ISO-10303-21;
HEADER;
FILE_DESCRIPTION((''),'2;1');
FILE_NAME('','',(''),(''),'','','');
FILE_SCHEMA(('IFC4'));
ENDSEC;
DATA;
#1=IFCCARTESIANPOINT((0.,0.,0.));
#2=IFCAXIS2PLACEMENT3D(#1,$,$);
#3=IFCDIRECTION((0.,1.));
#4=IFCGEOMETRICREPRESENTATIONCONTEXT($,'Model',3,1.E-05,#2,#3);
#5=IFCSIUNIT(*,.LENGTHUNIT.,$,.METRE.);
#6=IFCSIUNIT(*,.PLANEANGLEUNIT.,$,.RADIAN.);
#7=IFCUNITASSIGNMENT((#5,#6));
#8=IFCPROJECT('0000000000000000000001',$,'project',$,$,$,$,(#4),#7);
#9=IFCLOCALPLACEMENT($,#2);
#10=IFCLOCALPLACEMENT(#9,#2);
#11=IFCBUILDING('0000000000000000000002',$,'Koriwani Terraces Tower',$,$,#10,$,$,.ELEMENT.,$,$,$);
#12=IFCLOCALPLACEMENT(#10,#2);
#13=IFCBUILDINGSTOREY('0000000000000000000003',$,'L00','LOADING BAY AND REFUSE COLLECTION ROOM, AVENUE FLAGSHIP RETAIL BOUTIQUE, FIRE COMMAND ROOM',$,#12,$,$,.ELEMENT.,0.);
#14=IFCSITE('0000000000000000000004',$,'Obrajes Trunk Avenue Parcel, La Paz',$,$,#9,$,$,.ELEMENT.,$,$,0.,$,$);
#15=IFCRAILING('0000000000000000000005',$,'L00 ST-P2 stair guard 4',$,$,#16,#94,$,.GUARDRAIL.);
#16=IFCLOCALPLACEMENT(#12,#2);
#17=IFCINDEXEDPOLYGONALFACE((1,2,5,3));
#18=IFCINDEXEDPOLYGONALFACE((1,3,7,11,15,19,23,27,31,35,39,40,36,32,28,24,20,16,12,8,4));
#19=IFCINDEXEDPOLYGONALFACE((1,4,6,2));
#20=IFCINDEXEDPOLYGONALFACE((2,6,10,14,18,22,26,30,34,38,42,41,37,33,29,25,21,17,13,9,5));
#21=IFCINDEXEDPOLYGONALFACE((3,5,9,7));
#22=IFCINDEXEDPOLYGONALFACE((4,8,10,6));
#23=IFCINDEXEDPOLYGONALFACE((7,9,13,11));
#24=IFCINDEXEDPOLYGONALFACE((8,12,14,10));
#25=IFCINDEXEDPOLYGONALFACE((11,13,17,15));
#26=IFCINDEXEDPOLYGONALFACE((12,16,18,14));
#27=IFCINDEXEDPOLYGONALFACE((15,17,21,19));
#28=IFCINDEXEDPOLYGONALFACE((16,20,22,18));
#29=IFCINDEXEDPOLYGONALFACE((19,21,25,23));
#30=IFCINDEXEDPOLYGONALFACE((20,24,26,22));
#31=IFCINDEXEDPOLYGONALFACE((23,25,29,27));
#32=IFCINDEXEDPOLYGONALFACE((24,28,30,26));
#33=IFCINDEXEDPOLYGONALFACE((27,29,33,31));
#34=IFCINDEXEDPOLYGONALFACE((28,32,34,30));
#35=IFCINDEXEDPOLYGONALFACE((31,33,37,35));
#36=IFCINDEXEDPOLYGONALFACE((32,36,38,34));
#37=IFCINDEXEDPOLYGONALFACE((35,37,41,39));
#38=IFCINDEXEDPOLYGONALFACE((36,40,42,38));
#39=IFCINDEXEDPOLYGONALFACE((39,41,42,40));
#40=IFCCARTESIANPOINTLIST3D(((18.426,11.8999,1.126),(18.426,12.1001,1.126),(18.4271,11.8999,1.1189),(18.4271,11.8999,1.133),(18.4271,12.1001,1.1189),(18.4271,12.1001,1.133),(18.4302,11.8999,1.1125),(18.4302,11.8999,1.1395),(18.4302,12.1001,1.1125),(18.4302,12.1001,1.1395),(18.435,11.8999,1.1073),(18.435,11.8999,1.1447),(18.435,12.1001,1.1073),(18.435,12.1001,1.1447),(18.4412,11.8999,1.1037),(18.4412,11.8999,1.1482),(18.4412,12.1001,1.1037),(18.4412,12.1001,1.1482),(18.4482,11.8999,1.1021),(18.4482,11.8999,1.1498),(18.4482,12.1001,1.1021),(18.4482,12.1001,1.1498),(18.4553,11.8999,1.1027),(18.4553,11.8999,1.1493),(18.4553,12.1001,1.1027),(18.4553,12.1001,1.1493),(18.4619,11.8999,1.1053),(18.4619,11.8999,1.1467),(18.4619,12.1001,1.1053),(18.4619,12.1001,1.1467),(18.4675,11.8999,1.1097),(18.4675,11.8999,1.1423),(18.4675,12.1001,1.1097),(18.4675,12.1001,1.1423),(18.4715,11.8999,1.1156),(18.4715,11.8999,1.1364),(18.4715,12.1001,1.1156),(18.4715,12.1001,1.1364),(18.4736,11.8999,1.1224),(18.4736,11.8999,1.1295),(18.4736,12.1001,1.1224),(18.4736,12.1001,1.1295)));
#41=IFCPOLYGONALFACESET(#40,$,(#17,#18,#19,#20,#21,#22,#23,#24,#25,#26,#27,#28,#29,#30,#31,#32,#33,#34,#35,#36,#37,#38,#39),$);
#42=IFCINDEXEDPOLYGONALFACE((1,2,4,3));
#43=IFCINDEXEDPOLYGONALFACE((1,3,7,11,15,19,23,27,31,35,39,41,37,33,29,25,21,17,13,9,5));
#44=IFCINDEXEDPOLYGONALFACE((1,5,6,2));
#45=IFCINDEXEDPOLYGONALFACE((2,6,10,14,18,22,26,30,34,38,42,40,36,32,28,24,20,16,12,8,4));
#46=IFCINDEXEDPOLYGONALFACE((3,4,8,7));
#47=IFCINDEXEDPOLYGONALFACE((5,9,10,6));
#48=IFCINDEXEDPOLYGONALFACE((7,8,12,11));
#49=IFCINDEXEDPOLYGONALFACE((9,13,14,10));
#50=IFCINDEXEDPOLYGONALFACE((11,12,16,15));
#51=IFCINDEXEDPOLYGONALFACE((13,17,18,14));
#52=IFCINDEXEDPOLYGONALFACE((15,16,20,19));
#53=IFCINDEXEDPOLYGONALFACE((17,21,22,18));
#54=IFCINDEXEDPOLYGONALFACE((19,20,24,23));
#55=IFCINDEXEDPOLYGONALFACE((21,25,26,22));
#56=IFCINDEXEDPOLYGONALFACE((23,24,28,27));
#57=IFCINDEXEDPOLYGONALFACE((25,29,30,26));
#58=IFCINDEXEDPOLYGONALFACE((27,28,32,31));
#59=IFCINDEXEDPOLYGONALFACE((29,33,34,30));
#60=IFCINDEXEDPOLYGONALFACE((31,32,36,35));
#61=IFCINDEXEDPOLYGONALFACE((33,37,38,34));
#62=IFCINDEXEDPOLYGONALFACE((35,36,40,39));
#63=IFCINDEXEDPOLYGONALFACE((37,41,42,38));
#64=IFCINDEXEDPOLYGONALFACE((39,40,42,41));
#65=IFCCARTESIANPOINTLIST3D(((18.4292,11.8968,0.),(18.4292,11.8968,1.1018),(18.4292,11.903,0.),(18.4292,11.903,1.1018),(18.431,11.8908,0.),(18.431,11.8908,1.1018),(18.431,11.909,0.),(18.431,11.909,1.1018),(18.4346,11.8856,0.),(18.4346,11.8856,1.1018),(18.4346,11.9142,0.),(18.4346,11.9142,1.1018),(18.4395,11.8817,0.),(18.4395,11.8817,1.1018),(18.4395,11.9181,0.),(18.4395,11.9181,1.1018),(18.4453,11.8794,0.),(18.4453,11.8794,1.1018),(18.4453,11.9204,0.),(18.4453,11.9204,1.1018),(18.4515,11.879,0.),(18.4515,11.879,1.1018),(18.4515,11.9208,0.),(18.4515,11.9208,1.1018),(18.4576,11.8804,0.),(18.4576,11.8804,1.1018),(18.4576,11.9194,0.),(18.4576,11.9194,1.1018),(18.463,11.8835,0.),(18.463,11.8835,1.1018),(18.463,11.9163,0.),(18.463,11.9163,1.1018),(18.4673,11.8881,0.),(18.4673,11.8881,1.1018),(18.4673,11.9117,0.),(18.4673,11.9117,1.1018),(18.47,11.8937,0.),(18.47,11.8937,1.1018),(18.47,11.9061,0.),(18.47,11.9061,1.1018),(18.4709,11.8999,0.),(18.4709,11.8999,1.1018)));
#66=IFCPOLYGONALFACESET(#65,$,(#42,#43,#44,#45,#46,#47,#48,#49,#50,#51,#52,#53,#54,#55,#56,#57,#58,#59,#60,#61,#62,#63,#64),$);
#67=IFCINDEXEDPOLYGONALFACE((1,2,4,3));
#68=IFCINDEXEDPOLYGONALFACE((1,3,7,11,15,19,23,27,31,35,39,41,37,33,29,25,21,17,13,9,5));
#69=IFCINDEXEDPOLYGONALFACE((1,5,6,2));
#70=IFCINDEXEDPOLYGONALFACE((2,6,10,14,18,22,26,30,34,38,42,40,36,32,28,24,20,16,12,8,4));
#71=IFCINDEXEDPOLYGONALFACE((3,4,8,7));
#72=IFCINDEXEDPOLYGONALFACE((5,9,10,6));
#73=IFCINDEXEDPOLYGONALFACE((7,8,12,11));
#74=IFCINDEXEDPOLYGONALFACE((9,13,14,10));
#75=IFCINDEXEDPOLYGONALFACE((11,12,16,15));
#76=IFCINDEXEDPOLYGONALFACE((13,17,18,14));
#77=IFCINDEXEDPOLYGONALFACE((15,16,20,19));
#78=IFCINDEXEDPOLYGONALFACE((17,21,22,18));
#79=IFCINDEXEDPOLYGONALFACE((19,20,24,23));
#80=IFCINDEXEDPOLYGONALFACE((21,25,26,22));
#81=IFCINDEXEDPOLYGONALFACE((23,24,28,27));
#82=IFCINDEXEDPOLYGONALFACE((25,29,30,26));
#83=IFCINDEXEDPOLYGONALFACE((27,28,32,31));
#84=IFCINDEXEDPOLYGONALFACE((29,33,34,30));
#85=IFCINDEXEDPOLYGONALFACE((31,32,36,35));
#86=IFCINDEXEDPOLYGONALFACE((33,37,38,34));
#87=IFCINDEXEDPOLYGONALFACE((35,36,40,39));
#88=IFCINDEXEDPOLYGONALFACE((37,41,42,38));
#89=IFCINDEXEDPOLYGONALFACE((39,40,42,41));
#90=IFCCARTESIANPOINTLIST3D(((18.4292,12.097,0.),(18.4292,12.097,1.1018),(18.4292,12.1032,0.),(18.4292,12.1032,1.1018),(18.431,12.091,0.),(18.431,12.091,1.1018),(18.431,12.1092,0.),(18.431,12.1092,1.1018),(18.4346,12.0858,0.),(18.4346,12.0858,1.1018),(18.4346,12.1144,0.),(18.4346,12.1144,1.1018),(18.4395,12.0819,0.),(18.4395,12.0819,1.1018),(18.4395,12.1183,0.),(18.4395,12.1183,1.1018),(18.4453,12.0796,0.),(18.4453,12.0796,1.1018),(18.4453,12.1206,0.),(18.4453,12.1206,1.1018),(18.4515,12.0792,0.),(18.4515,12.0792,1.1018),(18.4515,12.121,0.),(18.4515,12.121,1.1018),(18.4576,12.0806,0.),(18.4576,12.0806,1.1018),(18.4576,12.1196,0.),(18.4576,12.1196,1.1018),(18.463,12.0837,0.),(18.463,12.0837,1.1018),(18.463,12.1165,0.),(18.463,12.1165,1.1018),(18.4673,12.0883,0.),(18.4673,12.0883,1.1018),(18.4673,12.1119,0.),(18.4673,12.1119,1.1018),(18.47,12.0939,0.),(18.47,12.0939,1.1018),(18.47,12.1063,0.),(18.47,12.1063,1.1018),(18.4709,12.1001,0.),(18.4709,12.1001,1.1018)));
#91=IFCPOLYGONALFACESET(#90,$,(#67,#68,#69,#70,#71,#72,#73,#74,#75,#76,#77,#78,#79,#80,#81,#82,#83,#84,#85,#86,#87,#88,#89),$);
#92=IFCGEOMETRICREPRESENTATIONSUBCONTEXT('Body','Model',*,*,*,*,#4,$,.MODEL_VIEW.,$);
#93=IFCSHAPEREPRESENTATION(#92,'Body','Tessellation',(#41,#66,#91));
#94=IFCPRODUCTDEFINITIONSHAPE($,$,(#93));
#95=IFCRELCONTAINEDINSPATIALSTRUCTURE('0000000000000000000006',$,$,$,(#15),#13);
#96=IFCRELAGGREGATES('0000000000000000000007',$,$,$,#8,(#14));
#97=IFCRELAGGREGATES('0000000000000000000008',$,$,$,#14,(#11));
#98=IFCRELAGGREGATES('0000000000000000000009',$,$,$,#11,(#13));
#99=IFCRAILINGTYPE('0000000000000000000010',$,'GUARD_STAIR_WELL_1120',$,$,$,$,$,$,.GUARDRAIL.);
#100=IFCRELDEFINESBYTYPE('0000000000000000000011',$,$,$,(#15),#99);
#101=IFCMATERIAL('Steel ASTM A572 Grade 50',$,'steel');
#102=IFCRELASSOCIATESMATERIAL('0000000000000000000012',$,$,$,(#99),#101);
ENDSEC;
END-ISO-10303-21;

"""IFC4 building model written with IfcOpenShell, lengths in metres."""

from ifc_helpers import new_model, si_unit, direction, frame, origin, origin_2d, place, context, subcontext, project, spatial, circle, extrude, material, type_object, element, save


model = new_model("IFC4")

# Units and contexts
model_context = context("Model", 3, precision=1e-05, world=origin(), true_north=direction((0.0, 1.0)))
body_context = subcontext(model_context, "Body", "Model", "MODEL_VIEW")
ifc_project = project(units=[si_unit("LENGTHUNIT", "METRE"), si_unit("PLANEANGLEUNIT", "RADIAN")], contexts=[model_context])

# Site, building, storey
site_placement = place(None, origin())
site = spatial("IfcSite", under=ifc_project, at=site_placement, Name="Obrajes Trunk Avenue Parcel, La Paz", CompositionType="ELEMENT", RefElevation=0.0)
building_placement = place(site_placement, origin())
building = spatial("IfcBuilding", under=site, at=building_placement, Name="Koriwani Terraces Tower", CompositionType="ELEMENT")
storey_placement = place(building_placement, origin())
storey = spatial("IfcBuildingStorey", under=building, at=storey_placement, Name="L00", Description="LOADING BAY AND REFUSE COLLECTION ROOM, AVENUE FLAGSHIP RETAIL BOUTIQUE, FIRE COMMAND ROOM", CompositionType="ELEMENT", Elevation=0.0)

# Shared definitions
ifc_material_1 = material(Name="Steel ASTM A572 Grade 50", Category="steel")

# Railing
railing_type_1 = type_object("IfcRailingType", Name="GUARD_STAIR_WELL_1120", PredefinedType="GUARDRAIL", material=ifc_material_1)
railing_1_placement = place(storey_placement, frame((18.45, 11.8999, 0.0)))
element("IfcRailing", 1, at=railing_1_placement, inside=storey, type_object=railing_type_1, Name="L00 ST-P2 stair guard 4", PredefinedType="GUARDRAIL", context=body_context, shape_type="SweptSolid", body=[
    extrude(circle(Radius=0.0239, at=origin_2d()), frame((0.0, 0.0, 1.126), z_axis=(0.0, 1.0, 0.0), x_axis=(-1.0, 0.0, 0.0)), (0.0, 0.0, 1.0), 0.2002),
    extrude(circle(Radius=0.021, at=origin_2d()), origin(), (0.0, 0.0, 1.0), 1.1018),
    extrude(circle(Radius=0.021, at=origin_2d()), frame((0.0, 0.2002, 0.0)), (0.0, 0.0, 1.0), 1.1018),
])

save(model, "model.ifc")
